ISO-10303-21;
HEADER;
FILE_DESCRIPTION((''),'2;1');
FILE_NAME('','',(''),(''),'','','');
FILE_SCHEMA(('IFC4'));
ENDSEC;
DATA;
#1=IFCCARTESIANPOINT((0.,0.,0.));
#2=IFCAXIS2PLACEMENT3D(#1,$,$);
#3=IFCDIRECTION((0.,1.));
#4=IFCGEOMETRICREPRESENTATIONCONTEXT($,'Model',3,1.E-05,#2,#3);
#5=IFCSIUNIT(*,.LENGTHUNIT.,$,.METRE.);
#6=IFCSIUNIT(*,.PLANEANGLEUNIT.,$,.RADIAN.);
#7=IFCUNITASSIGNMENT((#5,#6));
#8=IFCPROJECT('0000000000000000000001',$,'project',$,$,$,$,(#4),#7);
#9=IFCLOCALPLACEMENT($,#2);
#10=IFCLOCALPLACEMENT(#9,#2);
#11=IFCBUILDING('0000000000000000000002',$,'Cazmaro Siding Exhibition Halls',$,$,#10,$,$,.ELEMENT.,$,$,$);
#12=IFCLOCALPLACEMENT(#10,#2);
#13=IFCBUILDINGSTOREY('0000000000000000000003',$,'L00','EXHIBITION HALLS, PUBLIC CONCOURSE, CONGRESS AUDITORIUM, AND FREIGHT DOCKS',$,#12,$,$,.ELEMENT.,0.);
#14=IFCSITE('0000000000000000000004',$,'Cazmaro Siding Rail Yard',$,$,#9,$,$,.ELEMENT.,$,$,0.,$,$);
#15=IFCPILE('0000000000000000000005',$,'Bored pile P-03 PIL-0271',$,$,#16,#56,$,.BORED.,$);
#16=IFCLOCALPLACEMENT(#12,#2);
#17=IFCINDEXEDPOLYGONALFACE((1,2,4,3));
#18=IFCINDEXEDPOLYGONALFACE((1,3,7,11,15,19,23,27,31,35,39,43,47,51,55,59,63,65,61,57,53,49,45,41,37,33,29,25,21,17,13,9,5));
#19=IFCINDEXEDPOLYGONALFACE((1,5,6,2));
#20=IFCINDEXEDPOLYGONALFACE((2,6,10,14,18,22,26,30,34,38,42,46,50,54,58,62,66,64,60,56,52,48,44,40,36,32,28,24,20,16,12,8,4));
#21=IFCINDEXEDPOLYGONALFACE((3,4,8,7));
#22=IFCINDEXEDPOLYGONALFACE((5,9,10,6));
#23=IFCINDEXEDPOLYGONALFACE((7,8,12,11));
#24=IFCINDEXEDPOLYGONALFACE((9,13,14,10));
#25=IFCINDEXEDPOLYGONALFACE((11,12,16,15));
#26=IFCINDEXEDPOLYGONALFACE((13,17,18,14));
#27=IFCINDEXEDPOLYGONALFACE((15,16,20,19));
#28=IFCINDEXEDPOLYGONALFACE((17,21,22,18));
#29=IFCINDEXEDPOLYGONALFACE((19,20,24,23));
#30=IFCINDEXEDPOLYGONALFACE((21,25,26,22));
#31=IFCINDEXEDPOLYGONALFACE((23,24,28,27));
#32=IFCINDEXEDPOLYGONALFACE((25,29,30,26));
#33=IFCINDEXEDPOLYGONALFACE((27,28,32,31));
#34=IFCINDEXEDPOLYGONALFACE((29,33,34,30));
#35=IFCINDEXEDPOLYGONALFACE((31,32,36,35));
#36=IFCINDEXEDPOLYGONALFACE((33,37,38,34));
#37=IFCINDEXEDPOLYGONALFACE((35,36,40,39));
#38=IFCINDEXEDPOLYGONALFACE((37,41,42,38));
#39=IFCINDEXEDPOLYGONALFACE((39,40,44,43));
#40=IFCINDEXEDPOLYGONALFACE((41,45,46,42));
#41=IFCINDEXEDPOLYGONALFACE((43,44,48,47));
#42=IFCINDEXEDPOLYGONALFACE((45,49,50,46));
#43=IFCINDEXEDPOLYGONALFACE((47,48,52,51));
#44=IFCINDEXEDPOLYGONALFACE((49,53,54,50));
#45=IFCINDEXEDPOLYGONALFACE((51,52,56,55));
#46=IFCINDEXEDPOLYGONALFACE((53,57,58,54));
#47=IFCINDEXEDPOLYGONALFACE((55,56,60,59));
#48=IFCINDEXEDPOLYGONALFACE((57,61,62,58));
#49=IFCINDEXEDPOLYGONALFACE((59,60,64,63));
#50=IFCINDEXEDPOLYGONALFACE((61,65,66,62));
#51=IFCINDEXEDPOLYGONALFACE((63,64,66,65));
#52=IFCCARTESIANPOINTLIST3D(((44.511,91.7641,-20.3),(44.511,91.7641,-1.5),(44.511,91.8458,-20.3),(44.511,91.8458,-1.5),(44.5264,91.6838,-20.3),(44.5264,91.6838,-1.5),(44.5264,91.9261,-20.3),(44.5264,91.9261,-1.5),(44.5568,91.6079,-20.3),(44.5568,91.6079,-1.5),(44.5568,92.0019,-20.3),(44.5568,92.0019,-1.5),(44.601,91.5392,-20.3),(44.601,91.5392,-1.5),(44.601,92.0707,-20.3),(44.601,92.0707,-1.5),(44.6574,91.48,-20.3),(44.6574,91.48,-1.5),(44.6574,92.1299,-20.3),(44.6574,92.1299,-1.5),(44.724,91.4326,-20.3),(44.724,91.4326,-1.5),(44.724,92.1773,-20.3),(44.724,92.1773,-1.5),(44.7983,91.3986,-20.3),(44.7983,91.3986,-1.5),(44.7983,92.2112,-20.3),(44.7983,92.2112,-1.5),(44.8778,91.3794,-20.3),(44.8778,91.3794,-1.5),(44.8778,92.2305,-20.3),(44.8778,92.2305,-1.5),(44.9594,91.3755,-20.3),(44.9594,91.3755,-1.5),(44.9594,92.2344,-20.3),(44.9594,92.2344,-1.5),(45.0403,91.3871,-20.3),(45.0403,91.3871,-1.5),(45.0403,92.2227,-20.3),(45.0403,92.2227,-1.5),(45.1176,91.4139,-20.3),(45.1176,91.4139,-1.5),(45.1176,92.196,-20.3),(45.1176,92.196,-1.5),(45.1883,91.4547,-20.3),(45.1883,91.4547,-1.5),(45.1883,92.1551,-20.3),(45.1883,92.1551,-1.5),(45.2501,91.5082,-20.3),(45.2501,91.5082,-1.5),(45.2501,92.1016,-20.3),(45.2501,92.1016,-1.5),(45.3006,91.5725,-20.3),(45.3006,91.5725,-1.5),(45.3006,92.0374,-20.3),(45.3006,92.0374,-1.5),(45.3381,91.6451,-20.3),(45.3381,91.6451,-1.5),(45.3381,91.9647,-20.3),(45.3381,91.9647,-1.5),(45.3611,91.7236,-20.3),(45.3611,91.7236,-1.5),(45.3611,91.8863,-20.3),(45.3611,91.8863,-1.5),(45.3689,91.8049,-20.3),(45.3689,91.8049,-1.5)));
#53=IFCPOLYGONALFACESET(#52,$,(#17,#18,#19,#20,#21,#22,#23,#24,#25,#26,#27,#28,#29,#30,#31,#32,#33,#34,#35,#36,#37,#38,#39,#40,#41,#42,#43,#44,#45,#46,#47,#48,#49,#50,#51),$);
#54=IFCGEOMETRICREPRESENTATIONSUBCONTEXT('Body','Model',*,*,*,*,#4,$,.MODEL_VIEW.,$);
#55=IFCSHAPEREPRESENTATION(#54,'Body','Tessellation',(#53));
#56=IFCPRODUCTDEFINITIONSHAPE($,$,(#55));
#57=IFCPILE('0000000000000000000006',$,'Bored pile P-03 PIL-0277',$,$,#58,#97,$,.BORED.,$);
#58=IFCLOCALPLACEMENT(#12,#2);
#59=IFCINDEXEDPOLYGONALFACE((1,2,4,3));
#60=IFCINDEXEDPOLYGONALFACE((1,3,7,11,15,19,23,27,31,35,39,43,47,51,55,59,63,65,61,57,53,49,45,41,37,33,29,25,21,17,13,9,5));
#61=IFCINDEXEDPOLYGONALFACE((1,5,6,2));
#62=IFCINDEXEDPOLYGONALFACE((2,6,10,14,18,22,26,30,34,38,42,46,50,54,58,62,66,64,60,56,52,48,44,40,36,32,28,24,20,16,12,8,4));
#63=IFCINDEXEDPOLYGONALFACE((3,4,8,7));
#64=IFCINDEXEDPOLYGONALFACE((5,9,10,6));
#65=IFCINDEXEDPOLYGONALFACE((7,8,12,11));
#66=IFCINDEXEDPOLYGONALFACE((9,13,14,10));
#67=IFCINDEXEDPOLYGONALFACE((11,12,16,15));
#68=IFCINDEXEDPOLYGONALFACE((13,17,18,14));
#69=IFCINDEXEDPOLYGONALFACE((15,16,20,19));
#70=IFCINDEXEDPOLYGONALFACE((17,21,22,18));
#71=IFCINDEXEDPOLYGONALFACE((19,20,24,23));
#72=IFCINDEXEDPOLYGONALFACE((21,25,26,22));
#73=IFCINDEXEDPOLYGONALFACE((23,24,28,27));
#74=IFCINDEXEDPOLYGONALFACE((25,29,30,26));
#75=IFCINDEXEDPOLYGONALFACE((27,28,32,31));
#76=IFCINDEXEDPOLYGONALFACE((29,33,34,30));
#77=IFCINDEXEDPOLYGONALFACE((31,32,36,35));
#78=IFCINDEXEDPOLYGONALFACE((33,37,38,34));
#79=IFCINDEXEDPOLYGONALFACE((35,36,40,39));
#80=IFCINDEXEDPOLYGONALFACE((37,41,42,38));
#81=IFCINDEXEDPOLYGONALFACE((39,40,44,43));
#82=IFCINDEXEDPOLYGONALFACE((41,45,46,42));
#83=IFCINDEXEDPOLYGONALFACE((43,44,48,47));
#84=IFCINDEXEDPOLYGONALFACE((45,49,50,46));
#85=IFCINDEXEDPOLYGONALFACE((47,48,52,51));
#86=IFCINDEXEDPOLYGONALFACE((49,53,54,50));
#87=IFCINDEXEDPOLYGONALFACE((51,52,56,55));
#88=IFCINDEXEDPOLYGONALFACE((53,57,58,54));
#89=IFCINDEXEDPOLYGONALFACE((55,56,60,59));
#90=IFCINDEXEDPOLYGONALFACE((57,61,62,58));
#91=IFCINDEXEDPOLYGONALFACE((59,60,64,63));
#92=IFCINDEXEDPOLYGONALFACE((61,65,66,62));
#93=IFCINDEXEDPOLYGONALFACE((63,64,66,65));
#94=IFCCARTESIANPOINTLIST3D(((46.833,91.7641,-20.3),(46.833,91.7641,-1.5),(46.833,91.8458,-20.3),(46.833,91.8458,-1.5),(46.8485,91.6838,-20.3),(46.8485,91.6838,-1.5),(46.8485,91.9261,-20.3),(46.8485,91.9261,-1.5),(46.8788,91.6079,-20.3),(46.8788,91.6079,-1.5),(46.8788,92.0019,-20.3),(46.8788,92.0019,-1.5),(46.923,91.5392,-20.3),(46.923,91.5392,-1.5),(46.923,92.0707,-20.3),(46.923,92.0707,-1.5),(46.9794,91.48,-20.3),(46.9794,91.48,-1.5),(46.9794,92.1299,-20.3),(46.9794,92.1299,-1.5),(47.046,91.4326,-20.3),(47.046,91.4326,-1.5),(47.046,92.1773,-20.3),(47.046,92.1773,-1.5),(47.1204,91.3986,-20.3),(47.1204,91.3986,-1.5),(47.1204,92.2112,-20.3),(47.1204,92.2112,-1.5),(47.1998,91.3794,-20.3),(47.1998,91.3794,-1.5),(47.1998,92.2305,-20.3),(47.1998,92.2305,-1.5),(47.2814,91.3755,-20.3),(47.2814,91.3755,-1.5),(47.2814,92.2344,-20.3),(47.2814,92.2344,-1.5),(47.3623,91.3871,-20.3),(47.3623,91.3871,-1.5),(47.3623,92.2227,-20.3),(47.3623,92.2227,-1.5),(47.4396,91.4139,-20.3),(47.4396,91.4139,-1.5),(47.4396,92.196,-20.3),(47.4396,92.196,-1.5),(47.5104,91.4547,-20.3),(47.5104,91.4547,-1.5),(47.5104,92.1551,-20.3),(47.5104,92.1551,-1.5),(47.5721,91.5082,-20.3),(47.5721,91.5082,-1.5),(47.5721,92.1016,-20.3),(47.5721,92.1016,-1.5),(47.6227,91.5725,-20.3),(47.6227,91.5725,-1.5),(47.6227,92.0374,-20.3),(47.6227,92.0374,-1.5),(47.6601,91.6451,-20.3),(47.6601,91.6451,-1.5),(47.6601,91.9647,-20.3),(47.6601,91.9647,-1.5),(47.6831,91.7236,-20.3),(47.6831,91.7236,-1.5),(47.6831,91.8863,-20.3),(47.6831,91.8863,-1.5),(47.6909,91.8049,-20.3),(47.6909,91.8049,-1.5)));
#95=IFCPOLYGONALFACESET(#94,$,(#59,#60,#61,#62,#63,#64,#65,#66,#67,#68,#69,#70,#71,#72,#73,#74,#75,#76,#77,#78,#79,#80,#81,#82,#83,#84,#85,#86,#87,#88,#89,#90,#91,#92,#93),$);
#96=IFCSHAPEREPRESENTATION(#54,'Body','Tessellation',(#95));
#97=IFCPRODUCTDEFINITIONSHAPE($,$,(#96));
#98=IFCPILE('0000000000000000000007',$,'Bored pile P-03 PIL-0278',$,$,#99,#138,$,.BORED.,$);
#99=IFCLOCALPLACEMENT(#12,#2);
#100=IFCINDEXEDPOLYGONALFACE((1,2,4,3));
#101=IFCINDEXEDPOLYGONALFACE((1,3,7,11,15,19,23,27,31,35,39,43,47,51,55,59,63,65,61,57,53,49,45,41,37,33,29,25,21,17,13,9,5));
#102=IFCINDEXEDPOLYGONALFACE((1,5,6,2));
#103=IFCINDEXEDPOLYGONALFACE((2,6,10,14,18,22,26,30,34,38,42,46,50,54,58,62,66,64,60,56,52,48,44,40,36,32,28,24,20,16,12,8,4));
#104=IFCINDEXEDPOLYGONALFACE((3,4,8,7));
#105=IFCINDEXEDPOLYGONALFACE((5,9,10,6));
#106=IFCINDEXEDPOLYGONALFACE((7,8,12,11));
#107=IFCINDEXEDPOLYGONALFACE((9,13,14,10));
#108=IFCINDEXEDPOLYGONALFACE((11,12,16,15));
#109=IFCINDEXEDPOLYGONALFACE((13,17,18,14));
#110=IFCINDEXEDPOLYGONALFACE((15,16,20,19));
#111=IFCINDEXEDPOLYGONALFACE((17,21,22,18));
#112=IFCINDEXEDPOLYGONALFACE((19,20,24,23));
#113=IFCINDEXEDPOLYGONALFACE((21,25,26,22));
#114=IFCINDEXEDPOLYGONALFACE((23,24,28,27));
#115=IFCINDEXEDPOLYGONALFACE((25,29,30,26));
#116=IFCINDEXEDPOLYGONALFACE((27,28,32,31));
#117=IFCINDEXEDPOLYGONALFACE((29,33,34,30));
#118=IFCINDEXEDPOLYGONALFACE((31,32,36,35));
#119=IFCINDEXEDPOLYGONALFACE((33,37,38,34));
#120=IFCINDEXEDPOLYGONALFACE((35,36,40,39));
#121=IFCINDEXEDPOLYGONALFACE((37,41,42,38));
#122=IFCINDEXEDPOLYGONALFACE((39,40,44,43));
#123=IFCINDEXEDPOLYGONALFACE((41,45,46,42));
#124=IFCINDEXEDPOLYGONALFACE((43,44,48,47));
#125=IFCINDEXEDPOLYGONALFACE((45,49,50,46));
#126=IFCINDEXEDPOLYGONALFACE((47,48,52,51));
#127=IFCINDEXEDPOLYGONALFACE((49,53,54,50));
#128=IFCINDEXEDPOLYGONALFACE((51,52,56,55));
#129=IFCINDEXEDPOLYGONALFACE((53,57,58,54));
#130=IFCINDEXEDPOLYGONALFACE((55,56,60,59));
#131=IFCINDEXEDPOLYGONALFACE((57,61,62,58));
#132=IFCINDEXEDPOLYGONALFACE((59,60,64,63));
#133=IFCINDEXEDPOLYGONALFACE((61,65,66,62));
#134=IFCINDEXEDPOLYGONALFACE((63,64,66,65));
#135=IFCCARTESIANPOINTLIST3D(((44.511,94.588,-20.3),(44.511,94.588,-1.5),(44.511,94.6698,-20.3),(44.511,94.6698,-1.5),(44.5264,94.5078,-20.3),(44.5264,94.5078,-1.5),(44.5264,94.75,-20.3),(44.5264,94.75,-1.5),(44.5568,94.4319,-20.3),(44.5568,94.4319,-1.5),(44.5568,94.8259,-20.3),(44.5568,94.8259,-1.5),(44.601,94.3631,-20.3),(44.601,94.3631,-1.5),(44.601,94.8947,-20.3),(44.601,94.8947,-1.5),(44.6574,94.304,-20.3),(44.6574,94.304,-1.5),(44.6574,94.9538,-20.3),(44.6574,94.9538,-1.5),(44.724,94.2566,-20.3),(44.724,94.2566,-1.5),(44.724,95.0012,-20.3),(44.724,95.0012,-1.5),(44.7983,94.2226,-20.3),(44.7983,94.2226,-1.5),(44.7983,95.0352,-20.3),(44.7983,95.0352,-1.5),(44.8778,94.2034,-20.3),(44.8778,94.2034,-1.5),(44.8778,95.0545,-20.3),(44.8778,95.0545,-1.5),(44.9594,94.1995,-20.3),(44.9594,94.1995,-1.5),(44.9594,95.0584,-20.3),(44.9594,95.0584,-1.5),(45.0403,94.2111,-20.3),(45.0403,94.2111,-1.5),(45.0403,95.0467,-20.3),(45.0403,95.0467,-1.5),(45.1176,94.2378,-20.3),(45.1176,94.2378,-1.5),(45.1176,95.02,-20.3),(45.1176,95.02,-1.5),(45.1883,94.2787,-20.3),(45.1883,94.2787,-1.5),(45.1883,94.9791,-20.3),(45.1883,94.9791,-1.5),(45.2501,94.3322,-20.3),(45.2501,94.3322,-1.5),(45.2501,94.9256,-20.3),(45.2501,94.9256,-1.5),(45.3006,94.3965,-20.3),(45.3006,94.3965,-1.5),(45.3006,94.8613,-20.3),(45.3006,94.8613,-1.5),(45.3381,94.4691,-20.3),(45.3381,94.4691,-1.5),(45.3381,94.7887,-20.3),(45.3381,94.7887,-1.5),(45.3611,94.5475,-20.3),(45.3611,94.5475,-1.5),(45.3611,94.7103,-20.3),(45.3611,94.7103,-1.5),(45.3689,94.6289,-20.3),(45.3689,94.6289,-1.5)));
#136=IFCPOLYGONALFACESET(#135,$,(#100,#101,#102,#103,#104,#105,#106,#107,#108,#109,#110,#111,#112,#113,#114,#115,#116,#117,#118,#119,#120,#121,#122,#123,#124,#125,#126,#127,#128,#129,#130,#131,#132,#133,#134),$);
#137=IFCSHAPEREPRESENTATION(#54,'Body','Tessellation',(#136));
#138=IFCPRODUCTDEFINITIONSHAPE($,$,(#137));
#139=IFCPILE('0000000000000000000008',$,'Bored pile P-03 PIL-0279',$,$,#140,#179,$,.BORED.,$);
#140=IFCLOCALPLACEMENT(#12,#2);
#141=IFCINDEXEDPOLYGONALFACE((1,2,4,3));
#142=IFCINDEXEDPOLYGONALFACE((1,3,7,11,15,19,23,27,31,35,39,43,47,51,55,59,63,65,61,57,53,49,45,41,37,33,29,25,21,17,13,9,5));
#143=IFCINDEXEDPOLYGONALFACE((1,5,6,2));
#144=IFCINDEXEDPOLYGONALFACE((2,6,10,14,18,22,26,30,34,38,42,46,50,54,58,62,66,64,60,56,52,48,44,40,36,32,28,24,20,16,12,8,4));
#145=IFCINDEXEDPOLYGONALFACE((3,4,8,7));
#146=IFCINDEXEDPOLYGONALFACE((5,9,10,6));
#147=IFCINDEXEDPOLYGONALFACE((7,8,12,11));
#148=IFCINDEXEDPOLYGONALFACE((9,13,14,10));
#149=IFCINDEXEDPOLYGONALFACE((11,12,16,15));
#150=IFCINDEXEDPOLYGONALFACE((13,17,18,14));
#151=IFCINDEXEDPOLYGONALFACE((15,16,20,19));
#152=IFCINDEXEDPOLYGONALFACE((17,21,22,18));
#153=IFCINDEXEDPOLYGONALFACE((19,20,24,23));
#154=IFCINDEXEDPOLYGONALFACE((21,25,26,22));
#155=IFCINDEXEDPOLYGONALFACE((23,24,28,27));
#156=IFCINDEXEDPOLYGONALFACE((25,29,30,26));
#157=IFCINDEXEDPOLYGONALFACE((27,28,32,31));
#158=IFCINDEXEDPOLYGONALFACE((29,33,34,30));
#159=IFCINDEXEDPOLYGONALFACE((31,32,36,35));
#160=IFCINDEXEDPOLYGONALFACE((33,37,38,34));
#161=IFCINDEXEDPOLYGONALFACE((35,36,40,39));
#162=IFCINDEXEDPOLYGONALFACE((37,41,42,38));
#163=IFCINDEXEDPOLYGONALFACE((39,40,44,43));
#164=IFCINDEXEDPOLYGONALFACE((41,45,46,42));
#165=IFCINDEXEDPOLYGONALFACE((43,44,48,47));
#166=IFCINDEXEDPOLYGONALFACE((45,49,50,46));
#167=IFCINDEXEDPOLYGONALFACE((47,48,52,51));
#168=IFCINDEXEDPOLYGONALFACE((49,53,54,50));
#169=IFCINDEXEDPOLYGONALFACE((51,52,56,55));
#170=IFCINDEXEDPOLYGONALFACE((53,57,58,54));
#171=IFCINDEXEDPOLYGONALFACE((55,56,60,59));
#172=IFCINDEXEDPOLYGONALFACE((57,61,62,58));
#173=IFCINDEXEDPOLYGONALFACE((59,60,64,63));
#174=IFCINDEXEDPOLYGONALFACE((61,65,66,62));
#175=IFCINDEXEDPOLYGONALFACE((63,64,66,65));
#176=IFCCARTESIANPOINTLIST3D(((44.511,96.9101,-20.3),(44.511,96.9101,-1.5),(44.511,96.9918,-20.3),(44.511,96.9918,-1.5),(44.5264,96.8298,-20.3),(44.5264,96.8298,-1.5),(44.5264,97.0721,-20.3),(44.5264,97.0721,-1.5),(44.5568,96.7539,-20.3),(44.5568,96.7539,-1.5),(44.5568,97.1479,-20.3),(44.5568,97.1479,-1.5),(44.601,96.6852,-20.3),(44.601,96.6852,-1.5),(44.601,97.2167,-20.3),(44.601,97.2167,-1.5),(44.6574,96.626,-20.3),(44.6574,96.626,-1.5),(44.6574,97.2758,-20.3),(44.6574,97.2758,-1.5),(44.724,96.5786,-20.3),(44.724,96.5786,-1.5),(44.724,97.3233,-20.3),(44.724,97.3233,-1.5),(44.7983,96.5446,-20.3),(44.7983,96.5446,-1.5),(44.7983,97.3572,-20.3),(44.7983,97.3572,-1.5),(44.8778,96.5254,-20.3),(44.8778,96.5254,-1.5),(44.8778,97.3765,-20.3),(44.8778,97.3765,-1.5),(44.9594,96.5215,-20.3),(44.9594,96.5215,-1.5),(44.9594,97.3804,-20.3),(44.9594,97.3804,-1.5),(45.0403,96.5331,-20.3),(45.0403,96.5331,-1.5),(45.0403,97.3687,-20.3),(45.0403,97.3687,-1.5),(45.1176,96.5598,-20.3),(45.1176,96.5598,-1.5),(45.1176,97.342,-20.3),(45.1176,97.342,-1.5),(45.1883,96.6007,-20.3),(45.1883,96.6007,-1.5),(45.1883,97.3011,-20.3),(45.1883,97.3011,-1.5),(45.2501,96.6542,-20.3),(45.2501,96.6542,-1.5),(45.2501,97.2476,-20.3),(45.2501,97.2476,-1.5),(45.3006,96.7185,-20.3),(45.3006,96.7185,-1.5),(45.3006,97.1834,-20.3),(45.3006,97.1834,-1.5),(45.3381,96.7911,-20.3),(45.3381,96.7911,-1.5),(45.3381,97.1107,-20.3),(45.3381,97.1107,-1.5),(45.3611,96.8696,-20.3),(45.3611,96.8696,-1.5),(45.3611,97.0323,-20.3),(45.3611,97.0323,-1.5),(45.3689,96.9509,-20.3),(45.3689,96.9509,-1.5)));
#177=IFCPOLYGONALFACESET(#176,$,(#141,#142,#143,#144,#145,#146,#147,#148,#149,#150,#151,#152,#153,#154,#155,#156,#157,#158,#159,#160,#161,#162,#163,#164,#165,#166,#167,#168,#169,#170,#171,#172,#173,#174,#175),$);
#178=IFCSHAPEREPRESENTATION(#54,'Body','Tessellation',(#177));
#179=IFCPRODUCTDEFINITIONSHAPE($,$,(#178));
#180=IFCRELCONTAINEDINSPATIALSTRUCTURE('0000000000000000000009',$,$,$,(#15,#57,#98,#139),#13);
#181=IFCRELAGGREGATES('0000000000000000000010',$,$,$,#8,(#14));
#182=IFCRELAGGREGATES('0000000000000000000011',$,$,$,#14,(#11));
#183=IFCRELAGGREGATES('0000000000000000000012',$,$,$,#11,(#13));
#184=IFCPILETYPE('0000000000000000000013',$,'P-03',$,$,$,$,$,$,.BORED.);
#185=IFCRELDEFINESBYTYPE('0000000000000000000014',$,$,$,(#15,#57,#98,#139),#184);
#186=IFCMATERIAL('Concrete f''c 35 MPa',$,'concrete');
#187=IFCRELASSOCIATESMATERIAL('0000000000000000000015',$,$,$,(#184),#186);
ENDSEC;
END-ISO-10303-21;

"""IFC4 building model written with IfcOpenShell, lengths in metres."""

from ifc_helpers import new_model, si_unit, direction, frame, origin, origin_2d, place, context, subcontext, project, spatial, circle, extrude, material, material_profile, profile_set, type_object, element, save


model = new_model("IFC4")

# Units and contexts
model_context = context("Model", 3, precision=1e-05, world=origin(), true_north=direction((0.0, 1.0)))
body_context = subcontext(model_context, "Body", "Model", "MODEL_VIEW")
ifc_project = project(units=[si_unit("LENGTHUNIT", "METRE"), si_unit("PLANEANGLEUNIT", "RADIAN")], contexts=[model_context])

# Site, building, storey
site_placement = place(None, origin())
site = spatial("IfcSite", under=ifc_project, at=site_placement, Name="Cazmaro Siding Rail Yard", CompositionType="ELEMENT", RefElevation=0.0)
building_placement = place(site_placement, origin())
building = spatial("IfcBuilding", under=site, at=building_placement, Name="Cazmaro Siding Exhibition Halls", CompositionType="ELEMENT")
storey_placement = place(building_placement, origin())
storey = spatial("IfcBuildingStorey", under=building, at=storey_placement, Name="L00", Description="EXHIBITION HALLS, PUBLIC CONCOURSE, CONGRESS AUDITORIUM, AND FREIGHT DOCKS", CompositionType="ELEMENT", Elevation=0.0)

# Piles
ifc_material_1 = material(Name="Concrete f'c 35 MPa", Category="concrete")
ifc_material_profile_1 = material_profile(ifc_material_1, circle(Radius=0.4299, at=origin_2d()), Name="CIDH-860")
ifc_profile_set_1 = profile_set([ifc_material_profile_1], Name="Concrete f'c 35 MPa")
pile_type_1 = type_object("IfcPileType", Name="P-03", PredefinedType="BORED", material=ifc_profile_set_1)
for number, where, z_axis, x_axis, name in (
    (1, (44.939, 91.8049, -1.5), (0.0, 0.0, -1.0), (1.0, 0.0, 0.0), "Bored pile P-03 PIL-0271"),
    (2, (47.261, 91.8049, -1.5), (0.0, 0.0, -1.0), (1.0, 0.0, 0.0), "Bored pile P-03 PIL-0277"),
    (3, (44.939, 94.6289, -1.5), (0.0, 0.0, -1.0), (1.0, 0.0, 0.0), "Bored pile P-03 PIL-0278"),
    (4, (44.939, 96.9509, -1.5), (0.0, 0.0, -1.0), (1.0, 0.0, 0.0), "Bored pile P-03 PIL-0279"),
):
    element("IfcPile", number, at=place(storey_placement, frame(where, z_axis=z_axis, x_axis=x_axis)), inside=storey, type_object=pile_type_1, Name=name, PredefinedType="BORED", context=body_context, shape_type="SweptSolid", body=[
        extrude(circle(Radius=0.4299, at=origin_2d()), origin(), (0.0, 0.0, 1.0), 18.8),
    ])

save(model, "model.ifc")
